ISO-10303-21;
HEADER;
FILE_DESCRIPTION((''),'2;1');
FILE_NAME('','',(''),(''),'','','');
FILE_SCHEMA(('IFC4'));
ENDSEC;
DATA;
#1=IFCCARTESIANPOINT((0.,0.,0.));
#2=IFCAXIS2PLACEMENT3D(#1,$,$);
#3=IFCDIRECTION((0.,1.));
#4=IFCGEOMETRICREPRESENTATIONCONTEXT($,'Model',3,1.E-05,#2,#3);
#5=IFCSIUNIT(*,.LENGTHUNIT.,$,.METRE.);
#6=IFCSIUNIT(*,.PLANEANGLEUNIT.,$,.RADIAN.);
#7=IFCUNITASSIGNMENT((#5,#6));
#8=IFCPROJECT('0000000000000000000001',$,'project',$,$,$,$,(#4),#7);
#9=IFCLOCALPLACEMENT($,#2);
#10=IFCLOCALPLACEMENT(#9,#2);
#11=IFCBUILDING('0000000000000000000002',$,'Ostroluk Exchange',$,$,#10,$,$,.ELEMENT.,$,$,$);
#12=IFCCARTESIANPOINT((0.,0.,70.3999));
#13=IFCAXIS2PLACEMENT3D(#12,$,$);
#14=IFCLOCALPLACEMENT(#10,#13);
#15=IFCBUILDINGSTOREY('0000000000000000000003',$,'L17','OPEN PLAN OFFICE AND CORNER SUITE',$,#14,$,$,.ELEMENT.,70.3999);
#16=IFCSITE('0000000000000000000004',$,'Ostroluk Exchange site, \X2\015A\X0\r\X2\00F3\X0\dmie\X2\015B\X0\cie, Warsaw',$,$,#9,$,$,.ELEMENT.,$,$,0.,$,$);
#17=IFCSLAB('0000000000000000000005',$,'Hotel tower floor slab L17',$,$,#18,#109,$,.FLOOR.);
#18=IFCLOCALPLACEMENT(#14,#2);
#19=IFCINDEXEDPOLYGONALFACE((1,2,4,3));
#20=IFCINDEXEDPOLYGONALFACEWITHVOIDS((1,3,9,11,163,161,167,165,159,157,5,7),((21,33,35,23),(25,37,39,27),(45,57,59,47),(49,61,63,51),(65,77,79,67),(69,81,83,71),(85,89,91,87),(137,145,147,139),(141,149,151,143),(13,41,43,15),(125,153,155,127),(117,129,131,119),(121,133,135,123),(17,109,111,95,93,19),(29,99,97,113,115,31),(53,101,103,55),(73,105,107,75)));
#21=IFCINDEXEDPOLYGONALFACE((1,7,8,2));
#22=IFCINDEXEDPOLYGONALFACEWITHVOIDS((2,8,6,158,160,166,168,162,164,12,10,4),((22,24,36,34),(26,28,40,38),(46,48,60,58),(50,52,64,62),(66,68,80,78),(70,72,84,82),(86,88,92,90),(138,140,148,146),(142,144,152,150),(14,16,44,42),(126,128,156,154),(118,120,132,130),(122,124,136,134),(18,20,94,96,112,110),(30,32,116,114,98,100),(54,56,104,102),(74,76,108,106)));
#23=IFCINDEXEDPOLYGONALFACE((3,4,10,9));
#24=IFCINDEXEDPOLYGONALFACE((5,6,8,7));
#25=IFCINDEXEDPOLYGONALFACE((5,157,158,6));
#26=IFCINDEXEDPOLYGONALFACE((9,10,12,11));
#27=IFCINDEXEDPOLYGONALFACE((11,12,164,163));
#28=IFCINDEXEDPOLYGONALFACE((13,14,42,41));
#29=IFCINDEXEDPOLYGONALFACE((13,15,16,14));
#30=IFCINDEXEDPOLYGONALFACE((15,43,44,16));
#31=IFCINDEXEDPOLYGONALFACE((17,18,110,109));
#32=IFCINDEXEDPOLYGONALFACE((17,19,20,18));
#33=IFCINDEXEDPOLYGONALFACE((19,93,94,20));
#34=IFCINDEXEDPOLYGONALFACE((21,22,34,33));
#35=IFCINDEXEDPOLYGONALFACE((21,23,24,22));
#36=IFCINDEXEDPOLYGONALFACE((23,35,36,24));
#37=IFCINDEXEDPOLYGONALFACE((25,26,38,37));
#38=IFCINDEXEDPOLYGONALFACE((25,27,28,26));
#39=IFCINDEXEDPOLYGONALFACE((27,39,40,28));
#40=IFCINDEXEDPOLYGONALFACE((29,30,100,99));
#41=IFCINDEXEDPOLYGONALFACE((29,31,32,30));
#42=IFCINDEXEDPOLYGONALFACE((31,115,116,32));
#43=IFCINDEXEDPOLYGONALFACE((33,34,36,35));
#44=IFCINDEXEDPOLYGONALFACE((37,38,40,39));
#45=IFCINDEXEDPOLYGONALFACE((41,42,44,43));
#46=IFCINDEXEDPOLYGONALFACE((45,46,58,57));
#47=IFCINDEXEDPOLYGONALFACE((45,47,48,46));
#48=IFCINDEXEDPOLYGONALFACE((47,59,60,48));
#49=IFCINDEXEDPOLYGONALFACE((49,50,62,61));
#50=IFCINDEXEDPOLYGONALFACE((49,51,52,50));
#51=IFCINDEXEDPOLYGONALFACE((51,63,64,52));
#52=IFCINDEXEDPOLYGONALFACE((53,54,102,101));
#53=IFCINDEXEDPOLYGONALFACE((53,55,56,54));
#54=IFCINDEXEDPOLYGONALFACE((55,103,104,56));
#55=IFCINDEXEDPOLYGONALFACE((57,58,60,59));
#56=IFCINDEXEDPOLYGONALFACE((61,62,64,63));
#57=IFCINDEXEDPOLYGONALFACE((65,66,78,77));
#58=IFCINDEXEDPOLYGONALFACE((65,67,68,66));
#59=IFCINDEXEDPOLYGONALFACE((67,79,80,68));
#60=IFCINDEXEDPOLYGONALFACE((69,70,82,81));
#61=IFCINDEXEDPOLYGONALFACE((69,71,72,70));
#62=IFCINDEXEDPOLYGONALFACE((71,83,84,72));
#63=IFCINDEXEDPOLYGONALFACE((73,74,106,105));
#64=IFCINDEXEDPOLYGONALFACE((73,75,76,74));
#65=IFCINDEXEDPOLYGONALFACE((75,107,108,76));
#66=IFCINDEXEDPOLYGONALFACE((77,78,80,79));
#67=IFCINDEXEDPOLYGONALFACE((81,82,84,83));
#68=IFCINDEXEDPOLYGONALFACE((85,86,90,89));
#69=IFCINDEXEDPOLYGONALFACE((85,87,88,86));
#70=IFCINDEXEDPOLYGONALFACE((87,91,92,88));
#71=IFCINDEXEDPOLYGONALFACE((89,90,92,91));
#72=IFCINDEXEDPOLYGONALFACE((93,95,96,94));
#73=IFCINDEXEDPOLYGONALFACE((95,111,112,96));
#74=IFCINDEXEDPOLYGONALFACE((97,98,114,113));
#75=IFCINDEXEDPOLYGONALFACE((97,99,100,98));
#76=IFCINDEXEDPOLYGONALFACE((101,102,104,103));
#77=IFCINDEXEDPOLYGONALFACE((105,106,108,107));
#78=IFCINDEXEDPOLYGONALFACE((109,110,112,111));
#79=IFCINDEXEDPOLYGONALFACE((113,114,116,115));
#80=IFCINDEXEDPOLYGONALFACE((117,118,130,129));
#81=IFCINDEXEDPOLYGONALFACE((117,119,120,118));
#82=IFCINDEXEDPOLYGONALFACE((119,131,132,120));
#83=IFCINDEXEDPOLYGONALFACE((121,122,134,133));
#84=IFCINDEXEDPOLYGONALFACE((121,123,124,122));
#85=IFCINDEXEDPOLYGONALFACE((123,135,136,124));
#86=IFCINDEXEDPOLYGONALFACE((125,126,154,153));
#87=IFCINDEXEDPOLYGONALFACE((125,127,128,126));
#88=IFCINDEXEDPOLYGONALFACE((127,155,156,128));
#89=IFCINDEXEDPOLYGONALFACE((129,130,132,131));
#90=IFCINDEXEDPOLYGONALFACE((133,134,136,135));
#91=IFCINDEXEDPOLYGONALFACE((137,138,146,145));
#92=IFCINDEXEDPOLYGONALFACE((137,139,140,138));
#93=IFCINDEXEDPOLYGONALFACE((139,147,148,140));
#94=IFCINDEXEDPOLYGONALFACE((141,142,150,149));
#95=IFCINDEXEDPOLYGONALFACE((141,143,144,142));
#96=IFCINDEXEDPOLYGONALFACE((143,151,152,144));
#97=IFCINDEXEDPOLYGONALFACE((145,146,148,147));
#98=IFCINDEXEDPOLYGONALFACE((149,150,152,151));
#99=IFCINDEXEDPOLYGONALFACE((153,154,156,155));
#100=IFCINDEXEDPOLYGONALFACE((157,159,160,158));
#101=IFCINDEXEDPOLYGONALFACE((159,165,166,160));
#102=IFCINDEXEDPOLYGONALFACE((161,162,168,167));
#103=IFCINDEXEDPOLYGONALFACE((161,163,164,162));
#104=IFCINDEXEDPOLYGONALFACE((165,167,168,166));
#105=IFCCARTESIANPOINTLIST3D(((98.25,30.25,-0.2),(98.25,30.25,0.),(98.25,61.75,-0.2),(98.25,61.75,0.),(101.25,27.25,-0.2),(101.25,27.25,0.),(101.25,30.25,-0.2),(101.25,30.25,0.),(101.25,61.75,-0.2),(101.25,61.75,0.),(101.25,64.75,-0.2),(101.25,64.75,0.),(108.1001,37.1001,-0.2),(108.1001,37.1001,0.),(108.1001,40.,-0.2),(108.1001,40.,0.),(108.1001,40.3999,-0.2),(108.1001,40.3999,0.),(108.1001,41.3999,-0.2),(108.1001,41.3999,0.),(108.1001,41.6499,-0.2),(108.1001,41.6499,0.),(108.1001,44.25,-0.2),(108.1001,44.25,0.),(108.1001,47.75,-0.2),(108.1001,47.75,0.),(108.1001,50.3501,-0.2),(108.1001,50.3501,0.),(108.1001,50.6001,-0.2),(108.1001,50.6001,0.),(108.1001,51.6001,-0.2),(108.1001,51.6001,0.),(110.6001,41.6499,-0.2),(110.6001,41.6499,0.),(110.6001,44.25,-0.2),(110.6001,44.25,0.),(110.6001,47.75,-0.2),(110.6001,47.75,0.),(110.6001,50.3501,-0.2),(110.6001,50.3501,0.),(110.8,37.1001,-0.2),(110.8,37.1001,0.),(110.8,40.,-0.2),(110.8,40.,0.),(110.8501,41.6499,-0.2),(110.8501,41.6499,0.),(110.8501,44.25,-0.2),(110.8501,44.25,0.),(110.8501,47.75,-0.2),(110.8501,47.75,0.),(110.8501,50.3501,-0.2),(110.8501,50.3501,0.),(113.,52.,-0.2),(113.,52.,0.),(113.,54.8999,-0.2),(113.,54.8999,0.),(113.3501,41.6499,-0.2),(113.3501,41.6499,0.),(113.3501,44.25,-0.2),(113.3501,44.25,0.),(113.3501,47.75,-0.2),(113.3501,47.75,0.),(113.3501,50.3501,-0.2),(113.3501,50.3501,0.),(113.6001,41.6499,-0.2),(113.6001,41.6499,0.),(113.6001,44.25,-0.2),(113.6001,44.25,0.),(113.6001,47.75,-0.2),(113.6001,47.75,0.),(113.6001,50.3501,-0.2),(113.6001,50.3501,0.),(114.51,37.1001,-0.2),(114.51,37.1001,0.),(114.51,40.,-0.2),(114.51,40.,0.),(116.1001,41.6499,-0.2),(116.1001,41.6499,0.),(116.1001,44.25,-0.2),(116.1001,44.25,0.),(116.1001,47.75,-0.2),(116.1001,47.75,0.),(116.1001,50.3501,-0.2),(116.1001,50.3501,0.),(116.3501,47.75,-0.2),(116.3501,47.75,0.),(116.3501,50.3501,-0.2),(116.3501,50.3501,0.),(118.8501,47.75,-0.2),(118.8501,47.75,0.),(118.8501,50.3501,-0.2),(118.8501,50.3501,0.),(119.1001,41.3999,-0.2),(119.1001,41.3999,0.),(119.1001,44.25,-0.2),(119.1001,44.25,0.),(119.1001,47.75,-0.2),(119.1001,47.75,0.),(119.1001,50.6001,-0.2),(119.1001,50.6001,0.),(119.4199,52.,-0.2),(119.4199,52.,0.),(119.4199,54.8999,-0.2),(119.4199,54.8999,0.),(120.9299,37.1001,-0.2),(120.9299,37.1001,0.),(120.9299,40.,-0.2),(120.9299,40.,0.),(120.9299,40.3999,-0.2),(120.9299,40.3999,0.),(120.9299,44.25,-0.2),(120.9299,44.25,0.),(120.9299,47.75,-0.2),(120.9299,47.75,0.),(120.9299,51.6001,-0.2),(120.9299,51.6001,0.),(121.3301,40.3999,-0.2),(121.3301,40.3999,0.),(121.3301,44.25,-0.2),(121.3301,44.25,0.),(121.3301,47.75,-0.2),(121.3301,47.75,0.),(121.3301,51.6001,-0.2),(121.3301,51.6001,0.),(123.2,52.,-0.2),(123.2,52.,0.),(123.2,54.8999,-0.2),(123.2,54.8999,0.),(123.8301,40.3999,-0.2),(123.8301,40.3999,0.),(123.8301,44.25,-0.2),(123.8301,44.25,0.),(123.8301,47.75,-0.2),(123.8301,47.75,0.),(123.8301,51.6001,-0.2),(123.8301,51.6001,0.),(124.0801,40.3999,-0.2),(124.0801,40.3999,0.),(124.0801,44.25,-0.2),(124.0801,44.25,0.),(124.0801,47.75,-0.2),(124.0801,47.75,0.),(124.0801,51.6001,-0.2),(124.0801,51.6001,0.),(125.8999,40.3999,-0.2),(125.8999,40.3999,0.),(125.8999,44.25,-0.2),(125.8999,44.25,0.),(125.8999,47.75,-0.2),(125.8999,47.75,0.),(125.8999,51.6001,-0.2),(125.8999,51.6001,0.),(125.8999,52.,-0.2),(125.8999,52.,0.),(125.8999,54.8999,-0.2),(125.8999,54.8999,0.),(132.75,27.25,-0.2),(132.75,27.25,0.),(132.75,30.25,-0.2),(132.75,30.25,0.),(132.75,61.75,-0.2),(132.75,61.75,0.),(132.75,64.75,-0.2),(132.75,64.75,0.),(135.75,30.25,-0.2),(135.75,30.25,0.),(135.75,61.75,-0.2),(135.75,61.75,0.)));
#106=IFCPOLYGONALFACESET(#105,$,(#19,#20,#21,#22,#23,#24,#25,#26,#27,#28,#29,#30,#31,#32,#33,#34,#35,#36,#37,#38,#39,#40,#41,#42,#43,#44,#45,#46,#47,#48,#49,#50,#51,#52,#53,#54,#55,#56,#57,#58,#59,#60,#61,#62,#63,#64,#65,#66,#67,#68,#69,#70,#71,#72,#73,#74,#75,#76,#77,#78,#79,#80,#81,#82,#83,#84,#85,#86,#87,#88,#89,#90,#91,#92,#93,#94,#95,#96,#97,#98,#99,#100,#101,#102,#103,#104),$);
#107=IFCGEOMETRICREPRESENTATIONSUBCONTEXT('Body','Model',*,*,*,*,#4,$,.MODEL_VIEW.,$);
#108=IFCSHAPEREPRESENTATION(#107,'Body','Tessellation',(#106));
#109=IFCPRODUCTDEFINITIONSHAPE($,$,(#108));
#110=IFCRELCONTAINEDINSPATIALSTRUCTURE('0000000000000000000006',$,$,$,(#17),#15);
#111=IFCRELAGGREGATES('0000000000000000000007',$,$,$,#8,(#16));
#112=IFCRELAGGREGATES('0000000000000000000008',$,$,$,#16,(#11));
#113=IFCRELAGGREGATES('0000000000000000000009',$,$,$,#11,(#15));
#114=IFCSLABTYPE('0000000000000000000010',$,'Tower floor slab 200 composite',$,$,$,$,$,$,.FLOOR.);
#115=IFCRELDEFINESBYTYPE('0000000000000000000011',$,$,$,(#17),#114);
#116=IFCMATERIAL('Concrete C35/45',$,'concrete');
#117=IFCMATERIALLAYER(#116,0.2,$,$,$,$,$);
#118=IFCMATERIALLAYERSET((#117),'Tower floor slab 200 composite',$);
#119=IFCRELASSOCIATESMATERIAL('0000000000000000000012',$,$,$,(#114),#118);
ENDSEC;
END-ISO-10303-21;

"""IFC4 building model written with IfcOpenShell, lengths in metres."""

from ifc_helpers import new_model, si_unit, direction, frame, origin, place, context, subcontext, project, spatial, polyline, outline, extrude, material, layer, layer_set, type_object, element, save


model = new_model("IFC4")

# Units and contexts
model_context = context("Model", 3, precision=1e-05, world=origin(), true_north=direction((0.0, 1.0)))
body_context = subcontext(model_context, "Body", "Model", "MODEL_VIEW")
ifc_project = project(units=[si_unit("LENGTHUNIT", "METRE"), si_unit("PLANEANGLEUNIT", "RADIAN")], contexts=[model_context])

# Site, building, storey
site_placement = place(None, origin())
site = spatial("IfcSite", under=ifc_project, at=site_placement, Name="Ostroluk Exchange site, Śródmieście, Warsaw", CompositionType="ELEMENT", RefElevation=0.0)
building_placement = place(site_placement, origin())
building = spatial("IfcBuilding", under=site, at=building_placement, Name="Ostroluk Exchange", CompositionType="ELEMENT")
storey_placement = place(building_placement, frame((0.0, 0.0, 70.3999)))
storey = spatial("IfcBuildingStorey", under=building, at=storey_placement, Name="L17", Description="OPEN PLAN OFFICE AND CORNER SUITE", CompositionType="ELEMENT", Elevation=70.3999)

# Slab
ifc_material_1 = material(Name="Concrete C35/45", Category="concrete")
ifc_layer_1 = layer(ifc_material_1, 0.2)
ifc_layer_set_1 = layer_set([ifc_layer_1], Name="Tower floor slab 200 composite")
slab_type_1 = type_object("IfcSlabType", Name="Tower floor slab 200 composite", PredefinedType="FLOOR", material=ifc_layer_set_1)
slab_1_placement = place(storey_placement, frame((0.0, 0.0, -0.2)))
element("IfcSlab", 1, at=slab_1_placement, inside=storey, type_object=slab_type_1, Name="Hotel tower floor slab L17", PredefinedType="FLOOR", context=body_context, shape_type="SweptSolid", body=[
    extrude(outline(polyline([(101.25, 27.25), (132.75, 27.25), (132.75, 30.25), (135.75, 30.25), (135.75, 61.75), (132.75, 61.75), (132.75, 64.75), (101.25, 64.75), (101.25, 61.75), (98.25, 61.75), (98.25, 30.25), (101.25, 30.25), (101.25, 27.25)]), holes=[polyline([(108.1001, 37.1001), (110.8, 37.1001), (110.8, 40.0), (108.1001, 40.0), (108.1001, 37.1001)]), polyline([(114.51, 37.1001), (120.9299, 37.1001), (120.9299, 40.0), (114.51, 40.0), (114.51, 37.1001)]), polyline([(113.0, 52.0), (119.4199, 52.0), (119.4199, 54.8999), (113.0, 54.8999), (113.0, 52.0)]), polyline([(123.2, 52.0), (125.8999, 52.0), (125.8999, 54.8999), (123.2, 54.8999), (123.2, 52.0)]), polyline([(108.1001, 47.75), (110.6001, 47.75), (110.6001, 50.3501), (108.1001, 50.3501), (108.1001, 47.75)]), polyline([(110.8501, 47.75), (113.3501, 47.75), (113.3501, 50.3501), (110.8501, 50.3501), (110.8501, 47.75)]), polyline([(113.6001, 47.75), (116.1001, 47.75), (116.1001, 50.3501), (113.6001, 50.3501), (113.6001, 47.75)]), polyline([(116.3501, 47.75), (118.8501, 47.75), (118.8501, 50.3501), (116.3501, 50.3501), (116.3501, 47.75)]), polyline([(108.1001, 41.6499), (110.6001, 41.6499), (110.6001, 44.25), (108.1001, 44.25), (108.1001, 41.6499)]), polyline([(110.8501, 41.6499), (113.3501, 41.6499), (113.3501, 44.25), (110.8501, 44.25), (110.8501, 41.6499)]), polyline([(113.6001, 41.6499), (116.1001, 41.6499), (116.1001, 44.25), (113.6001, 44.25), (113.6001, 41.6499)]), polyline([(121.3301, 47.75), (123.8301, 47.75), (123.8301, 51.6001), (121.3301, 51.6001), (121.3301, 47.75)]), polyline([(121.3301, 40.3999), (123.8301, 40.3999), (123.8301, 44.25), (121.3301, 44.25), (121.3301, 40.3999)]), polyline([(120.9299, 51.6001), (120.9299, 47.75), (119.1001, 47.75), (119.1001, 50.6001), (108.1001, 50.6001), (108.1001, 51.6001), (120.9299, 51.6001)]), polyline([(108.1001, 40.3999), (108.1001, 41.3999), (119.1001, 41.3999), (119.1001, 44.25), (120.9299, 44.25), (120.9299, 40.3999), (108.1001, 40.3999)]), polyline([(124.0801, 47.75), (125.8999, 47.75), (125.8999, 51.6001), (124.0801, 51.6001), (124.0801, 47.75)]), polyline([(124.0801, 40.3999), (125.8999, 40.3999), (125.8999, 44.25), (124.0801, 44.25), (124.0801, 40.3999)])]), origin(), (0.0, 0.0, 1.0), 0.2),
])

save(model, "model.ifc")
